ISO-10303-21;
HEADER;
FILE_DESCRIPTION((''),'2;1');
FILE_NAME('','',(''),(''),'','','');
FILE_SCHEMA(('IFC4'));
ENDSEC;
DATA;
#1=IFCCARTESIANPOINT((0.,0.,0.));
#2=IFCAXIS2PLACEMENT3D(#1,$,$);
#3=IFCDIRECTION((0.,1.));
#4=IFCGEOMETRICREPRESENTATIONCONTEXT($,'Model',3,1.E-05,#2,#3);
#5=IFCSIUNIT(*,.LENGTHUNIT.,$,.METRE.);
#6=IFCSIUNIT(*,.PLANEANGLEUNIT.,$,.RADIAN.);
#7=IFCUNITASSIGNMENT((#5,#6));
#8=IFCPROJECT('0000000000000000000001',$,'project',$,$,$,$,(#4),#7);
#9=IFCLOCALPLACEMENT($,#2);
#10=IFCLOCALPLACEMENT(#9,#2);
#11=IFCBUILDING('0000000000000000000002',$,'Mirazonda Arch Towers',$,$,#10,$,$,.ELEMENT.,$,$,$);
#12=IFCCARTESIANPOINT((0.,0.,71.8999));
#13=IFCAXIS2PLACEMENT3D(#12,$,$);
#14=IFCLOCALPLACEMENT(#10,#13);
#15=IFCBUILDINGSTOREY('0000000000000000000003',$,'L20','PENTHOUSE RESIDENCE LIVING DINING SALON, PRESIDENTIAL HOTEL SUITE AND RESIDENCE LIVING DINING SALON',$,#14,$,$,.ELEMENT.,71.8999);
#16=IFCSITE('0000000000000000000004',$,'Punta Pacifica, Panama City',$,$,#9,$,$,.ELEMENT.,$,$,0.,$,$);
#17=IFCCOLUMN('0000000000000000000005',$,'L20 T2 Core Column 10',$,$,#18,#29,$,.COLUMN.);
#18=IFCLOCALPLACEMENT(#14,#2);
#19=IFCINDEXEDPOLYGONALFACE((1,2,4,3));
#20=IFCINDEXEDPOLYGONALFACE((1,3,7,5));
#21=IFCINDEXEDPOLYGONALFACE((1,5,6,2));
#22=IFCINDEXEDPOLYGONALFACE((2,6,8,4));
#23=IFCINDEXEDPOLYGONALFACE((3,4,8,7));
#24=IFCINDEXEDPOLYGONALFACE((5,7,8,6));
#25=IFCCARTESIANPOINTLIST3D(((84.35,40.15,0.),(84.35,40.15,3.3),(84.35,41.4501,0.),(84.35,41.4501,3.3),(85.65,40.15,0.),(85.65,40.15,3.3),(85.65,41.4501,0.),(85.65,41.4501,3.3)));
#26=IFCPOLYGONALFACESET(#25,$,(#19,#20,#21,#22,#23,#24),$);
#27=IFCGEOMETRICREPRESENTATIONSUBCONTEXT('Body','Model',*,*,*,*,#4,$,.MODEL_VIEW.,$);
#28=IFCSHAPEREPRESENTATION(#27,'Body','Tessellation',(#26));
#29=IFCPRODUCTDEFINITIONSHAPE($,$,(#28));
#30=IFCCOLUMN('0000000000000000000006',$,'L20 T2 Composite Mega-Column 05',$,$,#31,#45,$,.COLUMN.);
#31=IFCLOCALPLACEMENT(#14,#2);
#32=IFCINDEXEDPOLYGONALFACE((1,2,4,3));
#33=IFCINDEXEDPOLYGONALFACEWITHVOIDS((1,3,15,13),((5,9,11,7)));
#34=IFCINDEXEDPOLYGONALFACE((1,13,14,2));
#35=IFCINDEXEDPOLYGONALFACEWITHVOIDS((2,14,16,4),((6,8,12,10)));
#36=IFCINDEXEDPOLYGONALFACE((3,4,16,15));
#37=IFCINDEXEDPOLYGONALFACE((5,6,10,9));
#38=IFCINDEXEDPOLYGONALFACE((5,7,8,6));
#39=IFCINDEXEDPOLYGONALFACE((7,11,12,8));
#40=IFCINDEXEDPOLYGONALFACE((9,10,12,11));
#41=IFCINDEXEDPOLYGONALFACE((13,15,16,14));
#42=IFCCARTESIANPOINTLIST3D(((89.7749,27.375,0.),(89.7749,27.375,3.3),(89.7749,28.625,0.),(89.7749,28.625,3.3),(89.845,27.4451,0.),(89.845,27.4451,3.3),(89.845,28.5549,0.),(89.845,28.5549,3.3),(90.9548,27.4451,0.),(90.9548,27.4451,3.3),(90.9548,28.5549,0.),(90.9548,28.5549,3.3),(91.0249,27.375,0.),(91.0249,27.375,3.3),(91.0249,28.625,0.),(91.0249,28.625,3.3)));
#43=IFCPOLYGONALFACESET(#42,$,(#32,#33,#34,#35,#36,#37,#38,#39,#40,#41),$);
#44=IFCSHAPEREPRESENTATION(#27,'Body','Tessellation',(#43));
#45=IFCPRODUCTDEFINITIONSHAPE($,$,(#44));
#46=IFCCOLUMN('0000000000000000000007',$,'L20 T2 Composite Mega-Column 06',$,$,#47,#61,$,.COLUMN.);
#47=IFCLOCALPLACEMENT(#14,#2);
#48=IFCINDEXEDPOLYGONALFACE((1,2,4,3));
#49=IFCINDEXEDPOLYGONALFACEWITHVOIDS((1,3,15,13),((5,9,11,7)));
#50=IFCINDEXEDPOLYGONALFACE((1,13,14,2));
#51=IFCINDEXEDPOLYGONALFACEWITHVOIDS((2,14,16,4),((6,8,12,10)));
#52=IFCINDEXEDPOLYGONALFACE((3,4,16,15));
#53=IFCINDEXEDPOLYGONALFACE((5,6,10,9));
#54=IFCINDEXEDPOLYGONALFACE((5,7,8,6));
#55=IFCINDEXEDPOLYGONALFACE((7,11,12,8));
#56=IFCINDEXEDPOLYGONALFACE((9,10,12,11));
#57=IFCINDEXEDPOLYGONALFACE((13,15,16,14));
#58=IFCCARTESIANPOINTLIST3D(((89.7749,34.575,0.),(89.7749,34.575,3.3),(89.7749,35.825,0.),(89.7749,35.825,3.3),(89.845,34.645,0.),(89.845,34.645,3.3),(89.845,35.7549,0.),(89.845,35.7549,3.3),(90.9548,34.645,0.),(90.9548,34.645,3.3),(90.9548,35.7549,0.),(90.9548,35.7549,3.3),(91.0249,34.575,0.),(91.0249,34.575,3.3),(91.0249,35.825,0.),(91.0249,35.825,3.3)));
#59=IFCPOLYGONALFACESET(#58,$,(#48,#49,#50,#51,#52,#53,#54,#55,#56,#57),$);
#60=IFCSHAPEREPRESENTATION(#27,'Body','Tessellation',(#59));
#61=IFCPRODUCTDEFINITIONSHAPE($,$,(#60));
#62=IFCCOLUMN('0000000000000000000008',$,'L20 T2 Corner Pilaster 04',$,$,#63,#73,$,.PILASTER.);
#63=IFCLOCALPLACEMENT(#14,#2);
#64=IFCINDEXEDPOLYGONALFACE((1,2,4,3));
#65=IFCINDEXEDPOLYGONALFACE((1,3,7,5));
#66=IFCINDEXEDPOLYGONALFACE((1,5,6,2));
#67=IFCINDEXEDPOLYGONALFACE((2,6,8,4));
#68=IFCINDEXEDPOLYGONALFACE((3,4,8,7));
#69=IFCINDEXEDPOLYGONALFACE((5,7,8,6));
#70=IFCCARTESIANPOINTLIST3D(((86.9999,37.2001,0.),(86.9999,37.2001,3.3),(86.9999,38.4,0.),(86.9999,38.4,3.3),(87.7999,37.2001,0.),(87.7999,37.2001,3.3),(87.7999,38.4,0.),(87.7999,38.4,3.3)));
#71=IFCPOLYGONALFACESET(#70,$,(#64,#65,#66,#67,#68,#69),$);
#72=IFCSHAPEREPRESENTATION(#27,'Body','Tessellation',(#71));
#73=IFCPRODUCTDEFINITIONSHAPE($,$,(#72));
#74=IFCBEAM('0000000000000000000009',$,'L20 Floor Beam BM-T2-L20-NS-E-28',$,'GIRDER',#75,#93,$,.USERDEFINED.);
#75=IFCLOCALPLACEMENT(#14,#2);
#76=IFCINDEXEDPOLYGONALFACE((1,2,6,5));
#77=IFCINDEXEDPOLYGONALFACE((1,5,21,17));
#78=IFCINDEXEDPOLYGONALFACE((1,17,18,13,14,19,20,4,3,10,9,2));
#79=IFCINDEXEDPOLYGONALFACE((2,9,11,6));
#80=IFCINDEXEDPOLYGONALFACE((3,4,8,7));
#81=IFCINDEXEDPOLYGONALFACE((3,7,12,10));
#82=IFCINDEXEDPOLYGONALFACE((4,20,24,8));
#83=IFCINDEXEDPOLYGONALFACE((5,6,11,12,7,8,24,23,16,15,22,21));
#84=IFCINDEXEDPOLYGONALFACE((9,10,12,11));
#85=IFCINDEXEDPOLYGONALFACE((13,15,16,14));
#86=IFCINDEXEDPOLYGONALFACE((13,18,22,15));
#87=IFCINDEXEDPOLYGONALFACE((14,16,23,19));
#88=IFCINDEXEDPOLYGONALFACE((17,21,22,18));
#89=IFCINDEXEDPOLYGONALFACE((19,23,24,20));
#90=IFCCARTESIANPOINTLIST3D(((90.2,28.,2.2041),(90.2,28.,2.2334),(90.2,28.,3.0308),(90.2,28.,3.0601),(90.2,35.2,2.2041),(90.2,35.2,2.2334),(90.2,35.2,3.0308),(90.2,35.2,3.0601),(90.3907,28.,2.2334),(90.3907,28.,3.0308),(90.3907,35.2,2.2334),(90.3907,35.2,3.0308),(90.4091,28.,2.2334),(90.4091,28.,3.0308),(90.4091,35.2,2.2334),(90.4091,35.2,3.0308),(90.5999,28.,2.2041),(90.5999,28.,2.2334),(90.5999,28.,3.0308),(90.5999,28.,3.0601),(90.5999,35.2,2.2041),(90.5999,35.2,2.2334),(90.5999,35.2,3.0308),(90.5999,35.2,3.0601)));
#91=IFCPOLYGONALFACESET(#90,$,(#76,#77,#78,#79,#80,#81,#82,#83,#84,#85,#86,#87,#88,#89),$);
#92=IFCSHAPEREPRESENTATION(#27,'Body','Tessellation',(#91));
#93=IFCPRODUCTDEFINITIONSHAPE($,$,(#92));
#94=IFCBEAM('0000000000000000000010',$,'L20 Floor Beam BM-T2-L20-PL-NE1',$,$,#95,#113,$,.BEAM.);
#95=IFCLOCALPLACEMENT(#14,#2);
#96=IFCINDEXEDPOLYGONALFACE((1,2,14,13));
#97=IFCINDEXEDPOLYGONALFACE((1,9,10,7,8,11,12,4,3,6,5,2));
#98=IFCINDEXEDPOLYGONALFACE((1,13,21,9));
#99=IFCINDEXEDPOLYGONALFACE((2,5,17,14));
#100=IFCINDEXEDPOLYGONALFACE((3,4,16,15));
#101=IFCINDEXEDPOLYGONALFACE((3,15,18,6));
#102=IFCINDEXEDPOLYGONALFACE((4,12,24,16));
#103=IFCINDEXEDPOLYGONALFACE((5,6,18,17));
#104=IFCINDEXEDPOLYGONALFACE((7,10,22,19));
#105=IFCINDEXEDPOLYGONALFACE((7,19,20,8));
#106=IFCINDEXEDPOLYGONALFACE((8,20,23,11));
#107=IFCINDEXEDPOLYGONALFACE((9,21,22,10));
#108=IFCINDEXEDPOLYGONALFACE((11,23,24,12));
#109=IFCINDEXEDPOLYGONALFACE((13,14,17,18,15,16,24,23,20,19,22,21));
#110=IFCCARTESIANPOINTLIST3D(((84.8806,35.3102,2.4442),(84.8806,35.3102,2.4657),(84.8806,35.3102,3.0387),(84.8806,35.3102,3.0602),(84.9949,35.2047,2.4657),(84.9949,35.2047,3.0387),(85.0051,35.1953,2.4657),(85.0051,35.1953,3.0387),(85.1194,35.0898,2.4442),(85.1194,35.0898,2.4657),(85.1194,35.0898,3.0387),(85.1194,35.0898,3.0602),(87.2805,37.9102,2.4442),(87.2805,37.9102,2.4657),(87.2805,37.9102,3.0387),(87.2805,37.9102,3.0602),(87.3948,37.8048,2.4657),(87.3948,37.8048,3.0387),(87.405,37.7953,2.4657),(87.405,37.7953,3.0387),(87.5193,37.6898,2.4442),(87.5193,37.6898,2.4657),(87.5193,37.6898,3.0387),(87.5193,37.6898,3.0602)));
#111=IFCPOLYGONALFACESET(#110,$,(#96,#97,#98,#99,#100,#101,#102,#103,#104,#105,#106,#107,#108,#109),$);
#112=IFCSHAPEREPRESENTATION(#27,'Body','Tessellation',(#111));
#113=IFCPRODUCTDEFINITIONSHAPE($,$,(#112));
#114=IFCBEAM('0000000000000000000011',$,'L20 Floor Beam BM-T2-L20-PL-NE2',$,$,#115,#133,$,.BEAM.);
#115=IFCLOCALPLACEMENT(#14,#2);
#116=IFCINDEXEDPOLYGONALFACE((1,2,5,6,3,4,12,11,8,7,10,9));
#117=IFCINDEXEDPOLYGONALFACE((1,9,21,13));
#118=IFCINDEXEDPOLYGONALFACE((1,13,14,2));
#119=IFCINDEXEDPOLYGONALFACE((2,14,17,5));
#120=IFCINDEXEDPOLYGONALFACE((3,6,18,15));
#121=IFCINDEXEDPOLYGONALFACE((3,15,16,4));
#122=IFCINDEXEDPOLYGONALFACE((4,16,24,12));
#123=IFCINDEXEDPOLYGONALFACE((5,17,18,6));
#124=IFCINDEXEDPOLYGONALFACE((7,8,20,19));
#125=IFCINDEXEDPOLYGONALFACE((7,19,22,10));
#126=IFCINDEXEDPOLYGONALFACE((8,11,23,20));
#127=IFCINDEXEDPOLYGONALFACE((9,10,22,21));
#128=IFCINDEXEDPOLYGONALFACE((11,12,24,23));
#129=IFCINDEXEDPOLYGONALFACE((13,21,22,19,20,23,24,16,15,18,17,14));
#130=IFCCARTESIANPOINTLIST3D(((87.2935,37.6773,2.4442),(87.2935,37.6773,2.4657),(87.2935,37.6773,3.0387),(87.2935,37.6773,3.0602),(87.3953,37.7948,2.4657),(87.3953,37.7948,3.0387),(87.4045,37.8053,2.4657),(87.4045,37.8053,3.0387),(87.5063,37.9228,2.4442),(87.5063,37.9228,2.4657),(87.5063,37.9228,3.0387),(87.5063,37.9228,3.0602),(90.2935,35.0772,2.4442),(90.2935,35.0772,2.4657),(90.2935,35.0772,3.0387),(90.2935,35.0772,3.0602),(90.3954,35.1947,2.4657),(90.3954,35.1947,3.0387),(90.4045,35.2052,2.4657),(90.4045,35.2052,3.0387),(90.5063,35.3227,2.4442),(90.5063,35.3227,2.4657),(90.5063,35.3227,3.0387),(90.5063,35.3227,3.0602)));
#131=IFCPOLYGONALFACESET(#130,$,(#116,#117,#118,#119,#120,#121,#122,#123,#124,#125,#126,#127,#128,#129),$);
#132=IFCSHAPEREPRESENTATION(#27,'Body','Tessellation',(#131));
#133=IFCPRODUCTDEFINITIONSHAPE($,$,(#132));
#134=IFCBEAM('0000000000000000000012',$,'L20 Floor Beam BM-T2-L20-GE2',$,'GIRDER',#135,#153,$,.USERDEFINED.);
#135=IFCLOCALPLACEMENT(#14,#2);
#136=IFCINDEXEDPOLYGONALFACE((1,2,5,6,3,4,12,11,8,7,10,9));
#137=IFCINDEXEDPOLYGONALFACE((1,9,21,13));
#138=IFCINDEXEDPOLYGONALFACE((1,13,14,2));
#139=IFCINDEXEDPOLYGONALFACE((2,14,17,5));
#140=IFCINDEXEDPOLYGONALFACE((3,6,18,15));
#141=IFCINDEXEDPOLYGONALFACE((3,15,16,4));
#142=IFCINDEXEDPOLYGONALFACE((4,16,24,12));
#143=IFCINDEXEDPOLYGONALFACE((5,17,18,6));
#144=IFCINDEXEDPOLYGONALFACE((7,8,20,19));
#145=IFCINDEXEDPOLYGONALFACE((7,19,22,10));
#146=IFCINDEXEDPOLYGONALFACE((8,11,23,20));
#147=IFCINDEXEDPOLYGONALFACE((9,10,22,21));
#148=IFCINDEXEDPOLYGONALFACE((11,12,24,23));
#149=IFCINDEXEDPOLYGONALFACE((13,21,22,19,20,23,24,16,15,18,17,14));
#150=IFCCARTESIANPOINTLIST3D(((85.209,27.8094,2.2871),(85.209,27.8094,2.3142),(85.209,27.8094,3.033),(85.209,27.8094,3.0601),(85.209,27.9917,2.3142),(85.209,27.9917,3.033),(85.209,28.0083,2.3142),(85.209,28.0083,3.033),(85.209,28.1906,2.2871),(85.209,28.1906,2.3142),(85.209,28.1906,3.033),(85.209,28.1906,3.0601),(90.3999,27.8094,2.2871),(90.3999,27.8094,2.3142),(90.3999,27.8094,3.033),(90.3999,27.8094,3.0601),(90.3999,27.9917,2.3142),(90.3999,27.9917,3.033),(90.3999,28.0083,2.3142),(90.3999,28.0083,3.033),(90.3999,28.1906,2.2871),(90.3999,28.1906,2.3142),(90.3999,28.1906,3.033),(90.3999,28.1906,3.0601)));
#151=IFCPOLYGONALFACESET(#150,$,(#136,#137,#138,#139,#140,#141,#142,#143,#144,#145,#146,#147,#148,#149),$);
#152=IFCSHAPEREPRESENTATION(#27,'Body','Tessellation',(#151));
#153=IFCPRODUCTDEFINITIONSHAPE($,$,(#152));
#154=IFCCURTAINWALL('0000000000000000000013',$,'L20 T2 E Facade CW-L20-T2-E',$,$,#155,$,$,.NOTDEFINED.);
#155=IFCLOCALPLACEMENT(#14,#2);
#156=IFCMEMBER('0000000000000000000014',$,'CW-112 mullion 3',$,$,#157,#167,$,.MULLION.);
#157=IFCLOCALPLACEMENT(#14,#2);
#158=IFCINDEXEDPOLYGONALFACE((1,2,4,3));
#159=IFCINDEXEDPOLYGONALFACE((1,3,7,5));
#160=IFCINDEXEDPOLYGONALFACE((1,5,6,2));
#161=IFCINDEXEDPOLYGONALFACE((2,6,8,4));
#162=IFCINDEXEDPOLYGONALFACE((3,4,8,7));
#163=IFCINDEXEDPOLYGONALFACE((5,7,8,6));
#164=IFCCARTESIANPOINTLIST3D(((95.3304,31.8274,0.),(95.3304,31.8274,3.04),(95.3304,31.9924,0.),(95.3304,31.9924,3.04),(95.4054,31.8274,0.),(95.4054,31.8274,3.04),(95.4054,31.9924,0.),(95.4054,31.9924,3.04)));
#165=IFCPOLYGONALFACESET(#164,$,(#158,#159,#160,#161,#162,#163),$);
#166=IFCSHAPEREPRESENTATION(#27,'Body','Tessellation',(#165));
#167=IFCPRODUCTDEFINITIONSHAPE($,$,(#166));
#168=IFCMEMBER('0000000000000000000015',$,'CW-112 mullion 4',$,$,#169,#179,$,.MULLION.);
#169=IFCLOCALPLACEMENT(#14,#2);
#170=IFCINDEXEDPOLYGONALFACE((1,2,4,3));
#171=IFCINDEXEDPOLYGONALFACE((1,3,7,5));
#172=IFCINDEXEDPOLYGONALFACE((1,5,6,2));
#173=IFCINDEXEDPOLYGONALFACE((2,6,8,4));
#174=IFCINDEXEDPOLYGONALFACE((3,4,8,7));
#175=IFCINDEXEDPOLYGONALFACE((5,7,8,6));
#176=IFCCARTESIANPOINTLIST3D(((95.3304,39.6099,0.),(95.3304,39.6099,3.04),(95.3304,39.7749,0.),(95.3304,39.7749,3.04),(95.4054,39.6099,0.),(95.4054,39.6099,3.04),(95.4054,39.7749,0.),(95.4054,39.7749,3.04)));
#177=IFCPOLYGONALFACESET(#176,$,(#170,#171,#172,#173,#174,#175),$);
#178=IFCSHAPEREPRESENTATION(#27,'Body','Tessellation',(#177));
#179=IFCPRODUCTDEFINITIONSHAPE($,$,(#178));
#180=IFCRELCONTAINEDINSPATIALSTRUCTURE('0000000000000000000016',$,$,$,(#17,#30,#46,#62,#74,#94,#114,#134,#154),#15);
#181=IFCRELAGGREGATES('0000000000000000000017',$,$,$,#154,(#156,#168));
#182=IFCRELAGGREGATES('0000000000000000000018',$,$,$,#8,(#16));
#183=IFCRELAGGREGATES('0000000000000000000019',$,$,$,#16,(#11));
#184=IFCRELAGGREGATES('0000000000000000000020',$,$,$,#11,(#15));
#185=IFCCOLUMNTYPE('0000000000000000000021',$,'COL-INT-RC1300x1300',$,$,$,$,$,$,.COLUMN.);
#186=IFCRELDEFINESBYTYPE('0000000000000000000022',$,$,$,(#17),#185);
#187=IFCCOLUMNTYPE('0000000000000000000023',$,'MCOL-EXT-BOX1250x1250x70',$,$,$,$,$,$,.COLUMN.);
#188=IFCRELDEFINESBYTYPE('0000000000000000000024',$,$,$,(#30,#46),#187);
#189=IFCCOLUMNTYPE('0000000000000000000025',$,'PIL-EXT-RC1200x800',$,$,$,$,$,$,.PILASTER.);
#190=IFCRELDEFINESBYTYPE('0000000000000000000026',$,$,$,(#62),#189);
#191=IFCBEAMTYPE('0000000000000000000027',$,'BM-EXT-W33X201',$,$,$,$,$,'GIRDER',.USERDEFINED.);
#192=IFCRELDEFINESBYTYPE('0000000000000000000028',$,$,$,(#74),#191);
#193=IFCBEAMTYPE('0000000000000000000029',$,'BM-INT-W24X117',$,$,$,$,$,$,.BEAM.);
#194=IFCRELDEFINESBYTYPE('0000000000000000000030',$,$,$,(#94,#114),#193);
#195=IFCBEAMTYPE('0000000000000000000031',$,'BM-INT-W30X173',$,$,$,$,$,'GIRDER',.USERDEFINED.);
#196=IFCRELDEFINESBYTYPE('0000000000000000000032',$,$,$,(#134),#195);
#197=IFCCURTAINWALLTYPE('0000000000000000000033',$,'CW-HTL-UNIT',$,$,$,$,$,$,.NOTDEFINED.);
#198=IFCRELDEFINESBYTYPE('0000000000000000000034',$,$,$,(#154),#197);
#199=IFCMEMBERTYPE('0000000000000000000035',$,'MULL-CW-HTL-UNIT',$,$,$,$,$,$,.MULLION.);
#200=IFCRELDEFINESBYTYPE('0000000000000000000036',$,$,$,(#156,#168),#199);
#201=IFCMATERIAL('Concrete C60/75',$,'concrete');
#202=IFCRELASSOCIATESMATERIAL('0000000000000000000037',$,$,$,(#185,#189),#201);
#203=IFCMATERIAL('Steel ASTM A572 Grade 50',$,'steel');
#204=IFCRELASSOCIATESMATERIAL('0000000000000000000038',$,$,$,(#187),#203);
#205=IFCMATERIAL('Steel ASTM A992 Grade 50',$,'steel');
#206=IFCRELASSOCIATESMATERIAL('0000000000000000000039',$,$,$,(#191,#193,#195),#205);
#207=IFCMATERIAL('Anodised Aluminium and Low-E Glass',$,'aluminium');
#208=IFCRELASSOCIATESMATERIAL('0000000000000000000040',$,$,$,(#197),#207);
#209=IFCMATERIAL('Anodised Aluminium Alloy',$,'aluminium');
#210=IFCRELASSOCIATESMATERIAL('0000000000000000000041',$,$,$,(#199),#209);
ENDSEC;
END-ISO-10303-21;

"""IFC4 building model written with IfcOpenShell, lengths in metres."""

from ifc_helpers import new_model, si_unit, direction, frame, origin, origin_2d, place, context, subcontext, project, spatial, rectangle, hollow_rectangle, i_section, extrude, material, material_profile, profile_set, type_object, element, aggregate, save


model = new_model("IFC4")

# Units and contexts
model_context = context("Model", 3, precision=1e-05, world=origin(), true_north=direction((0.0, 1.0)))
body_context = subcontext(model_context, "Body", "Model", "MODEL_VIEW")
ifc_project = project(units=[si_unit("LENGTHUNIT", "METRE"), si_unit("PLANEANGLEUNIT", "RADIAN")], contexts=[model_context])

# Site, building, storey
site_placement = place(None, origin())
site = spatial("IfcSite", under=ifc_project, at=site_placement, Name="Punta Pacifica, Panama City", CompositionType="ELEMENT", RefElevation=0.0)
building_placement = place(site_placement, origin())
building = spatial("IfcBuilding", under=site, at=building_placement, Name="Mirazonda Arch Towers", CompositionType="ELEMENT")
storey_placement = place(building_placement, frame((0.0, 0.0, 71.8999)))
storey = spatial("IfcBuildingStorey", under=building, at=storey_placement, Name="L20", Description="PENTHOUSE RESIDENCE LIVING DINING SALON, PRESIDENTIAL HOTEL SUITE AND RESIDENCE LIVING DINING SALON", CompositionType="ELEMENT", Elevation=71.8999)

# Columns
ifc_material_1 = material(Name="Concrete C60/75", Category="concrete")
ifc_material_profile_1 = material_profile(ifc_material_1, rectangle(XDim=1.3, YDim=1.3, at=origin_2d()), Name="RC1300x1300")
ifc_profile_set_1 = profile_set([ifc_material_profile_1], Name="Concrete C60/75")
column_type_1 = type_object("IfcColumnType", Name="COL-INT-RC1300x1300", PredefinedType="COLUMN", material=ifc_profile_set_1)
column_1_placement = place(storey_placement, frame((85.0, 40.8, 0.0), z_axis=(0.0, 0.0, 1.0), x_axis=(1.0, 0.0, 0.0)))
element("IfcColumn", 1, at=column_1_placement, inside=storey, type_object=column_type_1, Name="L20 T2 Core Column 10", PredefinedType="COLUMN", context=body_context, shape_type="SweptSolid", body=[
    extrude(rectangle(XDim=1.3, YDim=1.3, at=origin_2d()), origin(), (0.0, 0.0, 1.0), 3.3),
])
ifc_material_2 = material(Name="Steel ASTM A572 Grade 50", Category="steel")
ifc_material_profile_2 = material_profile(ifc_material_2, hollow_rectangle(XDim=1.25, YDim=1.25, WallThickness=0.0701, at=origin_2d()), Name="BOX1250x1250x70")
ifc_profile_set_2 = profile_set([ifc_material_profile_2], Name="Steel ASTM A572 Grade 50")
column_type_2 = type_object("IfcColumnType", Name="MCOL-EXT-BOX1250x1250x70", PredefinedType="COLUMN", material=ifc_profile_set_2)
for number, where, z_axis, x_axis, name in (
    (2, (90.3999, 28.0, 0.0), (0.0, 0.0, 1.0), (1.0, 0.0, 0.0), "L20 T2 Composite Mega-Column 05"),
    (3, (90.3999, 35.2, 0.0), (0.0, 0.0, 1.0), (1.0, 0.0, 0.0), "L20 T2 Composite Mega-Column 06"),
):
    element("IfcColumn", number, at=place(storey_placement, frame(where, z_axis=z_axis, x_axis=x_axis)), inside=storey, type_object=column_type_2, Name=name, PredefinedType="COLUMN", context=body_context, shape_type="SweptSolid", body=[
        extrude(hollow_rectangle(XDim=1.25, YDim=1.25, WallThickness=0.0701, at=origin_2d()), origin(), (0.0, 0.0, 1.0), 3.3),
    ])
ifc_material_profile_3 = material_profile(ifc_material_1, rectangle(XDim=0.8, YDim=1.2, at=origin_2d()), Name="RC1200x800")
ifc_profile_set_3 = profile_set([ifc_material_profile_3], Name="Concrete C60/75")
column_type_3 = type_object("IfcColumnType", Name="PIL-EXT-RC1200x800", PredefinedType="PILASTER", material=ifc_profile_set_3)
column_2_placement = place(storey_placement, frame((87.3999, 37.8, 0.0), z_axis=(0.0, 0.0, 1.0), x_axis=(1.0, 0.0, 0.0)))
element("IfcColumn", 4, at=column_2_placement, inside=storey, type_object=column_type_3, Name="L20 T2 Corner Pilaster 04", PredefinedType="PILASTER", context=body_context, shape_type="SweptSolid", body=[
    extrude(rectangle(XDim=0.8, YDim=1.2, at=origin_2d()), origin(), (0.0, 0.0, 1.0), 3.3),
])

# Beams
ifc_material_3 = material(Name="Steel ASTM A992 Grade 50", Category="steel")
ifc_material_profile_4 = material_profile(ifc_material_3, i_section(OverallWidth=0.3999, OverallDepth=0.856, WebThickness=0.0183, FlangeThickness=0.0293, at=origin_2d()), Name="W33X201")
ifc_profile_set_4 = profile_set([ifc_material_profile_4], Name="Steel ASTM A992 Grade 50")
beam_type_1 = type_object("IfcBeamType", Name="BM-EXT-W33X201", ElementType="GIRDER", PredefinedType="USERDEFINED", material=ifc_profile_set_4)
beam_1_placement = place(storey_placement, frame((90.3999, 28.0, 2.6321), z_axis=(0.0, 1.0, 0.0), x_axis=(-1.0, 0.0, 0.0)))
element("IfcBeam", 5, at=beam_1_placement, inside=storey, type_object=beam_type_1, Name="L20 Floor Beam BM-T2-L20-NS-E-28", ObjectType="GIRDER", PredefinedType="USERDEFINED", context=body_context, shape_type="SweptSolid", body=[
    extrude(i_section(OverallWidth=0.3999, OverallDepth=0.856, WebThickness=0.0183, FlangeThickness=0.0293, at=origin_2d()), origin(), (0.0, 0.0, 1.0), 7.2),
])
ifc_material_profile_5 = material_profile(ifc_material_3, i_section(OverallWidth=0.325, OverallDepth=0.616, WebThickness=0.0139, FlangeThickness=0.0215, at=origin_2d()), Name="W24X117")
ifc_profile_set_5 = profile_set([ifc_material_profile_5], Name="Steel ASTM A992 Grade 50")
beam_type_2 = type_object("IfcBeamType", Name="BM-INT-W24X117", PredefinedType="BEAM", material=ifc_profile_set_5)
beam_2_placement = place(storey_placement, frame((87.3999, 37.8, 2.7522), z_axis=(-0.678251, -0.73483, 0.0), x_axis=(0.73483, -0.678251, 0.0)))
element("IfcBeam", 6, at=beam_2_placement, inside=storey, type_object=beam_type_2, Name="L20 Floor Beam BM-T2-L20-PL-NE1", PredefinedType="BEAM", context=body_context, shape_type="SweptSolid", body=[
    extrude(i_section(OverallWidth=0.325, OverallDepth=0.616, WebThickness=0.0139, FlangeThickness=0.0215, at=origin_2d()), origin(), (0.0, 0.0, 1.0), 3.5383),
])
beam_3_placement = place(storey_placement, frame((87.3999, 37.8, 2.7522), z_axis=(0.755677, -0.654945, 0.0), x_axis=(0.654945, 0.755677, 0.0)))
element("IfcBeam", 7, at=beam_3_placement, inside=storey, type_object=beam_type_2, Name="L20 Floor Beam BM-T2-L20-PL-NE2", PredefinedType="BEAM", context=body_context, shape_type="SweptSolid", body=[
    extrude(i_section(OverallWidth=0.325, OverallDepth=0.616, WebThickness=0.0139, FlangeThickness=0.0215, at=origin_2d()), origin(), (0.0, 0.0, 1.0), 3.97),
])
ifc_material_profile_6 = material_profile(ifc_material_3, i_section(OverallWidth=0.3811, OverallDepth=0.7729, WebThickness=0.0166, FlangeThickness=0.0271, at=origin_2d()), Name="W30X173")
ifc_profile_set_6 = profile_set([ifc_material_profile_6], Name="Steel ASTM A992 Grade 50")
beam_type_3 = type_object("IfcBeamType", Name="BM-INT-W30X173", ElementType="GIRDER", PredefinedType="USERDEFINED", material=ifc_profile_set_6)
beam_4_placement = place(storey_placement, frame((85.209, 28.0, 2.6736), z_axis=(1.0, 0.0, 0.0), x_axis=(0.0, 1.0, 0.0)))
element("IfcBeam", 8, at=beam_4_placement, inside=storey, type_object=beam_type_3, Name="L20 Floor Beam BM-T2-L20-GE2", ObjectType="GIRDER", PredefinedType="USERDEFINED", context=body_context, shape_type="SweptSolid", body=[
    extrude(i_section(OverallWidth=0.3811, OverallDepth=0.7729, WebThickness=0.0166, FlangeThickness=0.0271, at=origin_2d()), origin(), (0.0, 0.0, 1.0), 5.1909),
])

# Curtain wall, members
ifc_material_4 = material(Name="Anodised Aluminium and Low-E Glass", Category="aluminium")
curtain_wall_type = type_object("IfcCurtainWallType", Name="CW-HTL-UNIT", PredefinedType="NOTDEFINED", material=ifc_material_4)
curtain_wall_1_placement = place(storey_placement, origin())
curtain_wall_1 = element("IfcCurtainWall", 9, at=curtain_wall_1_placement, inside=storey, type_object=curtain_wall_type, Name="L20 T2 E Facade CW-L20-T2-E", PredefinedType="NOTDEFINED")
ifc_material_5 = material(Name="Anodised Aluminium Alloy", Category="aluminium")
ifc_material_profile_7 = material_profile(ifc_material_5, rectangle(XDim=0.075, YDim=0.165, at=origin_2d()), Name="ALU-MULL-75x165")
ifc_profile_set_7 = profile_set([ifc_material_profile_7], Name="Anodised Aluminium Alloy")
member_type_1 = type_object("IfcMemberType", Name="MULL-CW-HTL-UNIT", PredefinedType="MULLION", material=ifc_profile_set_7)
member_1_placement = place(storey_placement, frame((95.3679, 31.9099, 0.0), z_axis=(0.0, 0.0, 1.0), x_axis=(-1.0, 0.0, 0.0)))
member_1 = element("IfcMember", 10, at=member_1_placement, type_object=member_type_1, Name="CW-112 mullion 3", PredefinedType="MULLION", context=body_context, shape_type="SweptSolid", body=[
    extrude(rectangle(XDim=0.075, YDim=0.165, at=origin_2d()), origin(), (0.0, 0.0, 1.0), 3.04),
])
member_2_placement = place(storey_placement, frame((95.3679, 39.6924, 0.0), z_axis=(0.0, 0.0, 1.0), x_axis=(-1.0, 0.0, 0.0)))
member_2 = element("IfcMember", 11, at=member_2_placement, type_object=member_type_1, Name="CW-112 mullion 4", PredefinedType="MULLION", context=body_context, shape_type="SweptSolid", body=[
    extrude(rectangle(XDim=0.075, YDim=0.165, at=origin_2d()), origin(), (0.0, 0.0, 1.0), 3.04),
])

aggregate(curtain_wall_1, [member_1, member_2])

save(model, "model.ifc")
